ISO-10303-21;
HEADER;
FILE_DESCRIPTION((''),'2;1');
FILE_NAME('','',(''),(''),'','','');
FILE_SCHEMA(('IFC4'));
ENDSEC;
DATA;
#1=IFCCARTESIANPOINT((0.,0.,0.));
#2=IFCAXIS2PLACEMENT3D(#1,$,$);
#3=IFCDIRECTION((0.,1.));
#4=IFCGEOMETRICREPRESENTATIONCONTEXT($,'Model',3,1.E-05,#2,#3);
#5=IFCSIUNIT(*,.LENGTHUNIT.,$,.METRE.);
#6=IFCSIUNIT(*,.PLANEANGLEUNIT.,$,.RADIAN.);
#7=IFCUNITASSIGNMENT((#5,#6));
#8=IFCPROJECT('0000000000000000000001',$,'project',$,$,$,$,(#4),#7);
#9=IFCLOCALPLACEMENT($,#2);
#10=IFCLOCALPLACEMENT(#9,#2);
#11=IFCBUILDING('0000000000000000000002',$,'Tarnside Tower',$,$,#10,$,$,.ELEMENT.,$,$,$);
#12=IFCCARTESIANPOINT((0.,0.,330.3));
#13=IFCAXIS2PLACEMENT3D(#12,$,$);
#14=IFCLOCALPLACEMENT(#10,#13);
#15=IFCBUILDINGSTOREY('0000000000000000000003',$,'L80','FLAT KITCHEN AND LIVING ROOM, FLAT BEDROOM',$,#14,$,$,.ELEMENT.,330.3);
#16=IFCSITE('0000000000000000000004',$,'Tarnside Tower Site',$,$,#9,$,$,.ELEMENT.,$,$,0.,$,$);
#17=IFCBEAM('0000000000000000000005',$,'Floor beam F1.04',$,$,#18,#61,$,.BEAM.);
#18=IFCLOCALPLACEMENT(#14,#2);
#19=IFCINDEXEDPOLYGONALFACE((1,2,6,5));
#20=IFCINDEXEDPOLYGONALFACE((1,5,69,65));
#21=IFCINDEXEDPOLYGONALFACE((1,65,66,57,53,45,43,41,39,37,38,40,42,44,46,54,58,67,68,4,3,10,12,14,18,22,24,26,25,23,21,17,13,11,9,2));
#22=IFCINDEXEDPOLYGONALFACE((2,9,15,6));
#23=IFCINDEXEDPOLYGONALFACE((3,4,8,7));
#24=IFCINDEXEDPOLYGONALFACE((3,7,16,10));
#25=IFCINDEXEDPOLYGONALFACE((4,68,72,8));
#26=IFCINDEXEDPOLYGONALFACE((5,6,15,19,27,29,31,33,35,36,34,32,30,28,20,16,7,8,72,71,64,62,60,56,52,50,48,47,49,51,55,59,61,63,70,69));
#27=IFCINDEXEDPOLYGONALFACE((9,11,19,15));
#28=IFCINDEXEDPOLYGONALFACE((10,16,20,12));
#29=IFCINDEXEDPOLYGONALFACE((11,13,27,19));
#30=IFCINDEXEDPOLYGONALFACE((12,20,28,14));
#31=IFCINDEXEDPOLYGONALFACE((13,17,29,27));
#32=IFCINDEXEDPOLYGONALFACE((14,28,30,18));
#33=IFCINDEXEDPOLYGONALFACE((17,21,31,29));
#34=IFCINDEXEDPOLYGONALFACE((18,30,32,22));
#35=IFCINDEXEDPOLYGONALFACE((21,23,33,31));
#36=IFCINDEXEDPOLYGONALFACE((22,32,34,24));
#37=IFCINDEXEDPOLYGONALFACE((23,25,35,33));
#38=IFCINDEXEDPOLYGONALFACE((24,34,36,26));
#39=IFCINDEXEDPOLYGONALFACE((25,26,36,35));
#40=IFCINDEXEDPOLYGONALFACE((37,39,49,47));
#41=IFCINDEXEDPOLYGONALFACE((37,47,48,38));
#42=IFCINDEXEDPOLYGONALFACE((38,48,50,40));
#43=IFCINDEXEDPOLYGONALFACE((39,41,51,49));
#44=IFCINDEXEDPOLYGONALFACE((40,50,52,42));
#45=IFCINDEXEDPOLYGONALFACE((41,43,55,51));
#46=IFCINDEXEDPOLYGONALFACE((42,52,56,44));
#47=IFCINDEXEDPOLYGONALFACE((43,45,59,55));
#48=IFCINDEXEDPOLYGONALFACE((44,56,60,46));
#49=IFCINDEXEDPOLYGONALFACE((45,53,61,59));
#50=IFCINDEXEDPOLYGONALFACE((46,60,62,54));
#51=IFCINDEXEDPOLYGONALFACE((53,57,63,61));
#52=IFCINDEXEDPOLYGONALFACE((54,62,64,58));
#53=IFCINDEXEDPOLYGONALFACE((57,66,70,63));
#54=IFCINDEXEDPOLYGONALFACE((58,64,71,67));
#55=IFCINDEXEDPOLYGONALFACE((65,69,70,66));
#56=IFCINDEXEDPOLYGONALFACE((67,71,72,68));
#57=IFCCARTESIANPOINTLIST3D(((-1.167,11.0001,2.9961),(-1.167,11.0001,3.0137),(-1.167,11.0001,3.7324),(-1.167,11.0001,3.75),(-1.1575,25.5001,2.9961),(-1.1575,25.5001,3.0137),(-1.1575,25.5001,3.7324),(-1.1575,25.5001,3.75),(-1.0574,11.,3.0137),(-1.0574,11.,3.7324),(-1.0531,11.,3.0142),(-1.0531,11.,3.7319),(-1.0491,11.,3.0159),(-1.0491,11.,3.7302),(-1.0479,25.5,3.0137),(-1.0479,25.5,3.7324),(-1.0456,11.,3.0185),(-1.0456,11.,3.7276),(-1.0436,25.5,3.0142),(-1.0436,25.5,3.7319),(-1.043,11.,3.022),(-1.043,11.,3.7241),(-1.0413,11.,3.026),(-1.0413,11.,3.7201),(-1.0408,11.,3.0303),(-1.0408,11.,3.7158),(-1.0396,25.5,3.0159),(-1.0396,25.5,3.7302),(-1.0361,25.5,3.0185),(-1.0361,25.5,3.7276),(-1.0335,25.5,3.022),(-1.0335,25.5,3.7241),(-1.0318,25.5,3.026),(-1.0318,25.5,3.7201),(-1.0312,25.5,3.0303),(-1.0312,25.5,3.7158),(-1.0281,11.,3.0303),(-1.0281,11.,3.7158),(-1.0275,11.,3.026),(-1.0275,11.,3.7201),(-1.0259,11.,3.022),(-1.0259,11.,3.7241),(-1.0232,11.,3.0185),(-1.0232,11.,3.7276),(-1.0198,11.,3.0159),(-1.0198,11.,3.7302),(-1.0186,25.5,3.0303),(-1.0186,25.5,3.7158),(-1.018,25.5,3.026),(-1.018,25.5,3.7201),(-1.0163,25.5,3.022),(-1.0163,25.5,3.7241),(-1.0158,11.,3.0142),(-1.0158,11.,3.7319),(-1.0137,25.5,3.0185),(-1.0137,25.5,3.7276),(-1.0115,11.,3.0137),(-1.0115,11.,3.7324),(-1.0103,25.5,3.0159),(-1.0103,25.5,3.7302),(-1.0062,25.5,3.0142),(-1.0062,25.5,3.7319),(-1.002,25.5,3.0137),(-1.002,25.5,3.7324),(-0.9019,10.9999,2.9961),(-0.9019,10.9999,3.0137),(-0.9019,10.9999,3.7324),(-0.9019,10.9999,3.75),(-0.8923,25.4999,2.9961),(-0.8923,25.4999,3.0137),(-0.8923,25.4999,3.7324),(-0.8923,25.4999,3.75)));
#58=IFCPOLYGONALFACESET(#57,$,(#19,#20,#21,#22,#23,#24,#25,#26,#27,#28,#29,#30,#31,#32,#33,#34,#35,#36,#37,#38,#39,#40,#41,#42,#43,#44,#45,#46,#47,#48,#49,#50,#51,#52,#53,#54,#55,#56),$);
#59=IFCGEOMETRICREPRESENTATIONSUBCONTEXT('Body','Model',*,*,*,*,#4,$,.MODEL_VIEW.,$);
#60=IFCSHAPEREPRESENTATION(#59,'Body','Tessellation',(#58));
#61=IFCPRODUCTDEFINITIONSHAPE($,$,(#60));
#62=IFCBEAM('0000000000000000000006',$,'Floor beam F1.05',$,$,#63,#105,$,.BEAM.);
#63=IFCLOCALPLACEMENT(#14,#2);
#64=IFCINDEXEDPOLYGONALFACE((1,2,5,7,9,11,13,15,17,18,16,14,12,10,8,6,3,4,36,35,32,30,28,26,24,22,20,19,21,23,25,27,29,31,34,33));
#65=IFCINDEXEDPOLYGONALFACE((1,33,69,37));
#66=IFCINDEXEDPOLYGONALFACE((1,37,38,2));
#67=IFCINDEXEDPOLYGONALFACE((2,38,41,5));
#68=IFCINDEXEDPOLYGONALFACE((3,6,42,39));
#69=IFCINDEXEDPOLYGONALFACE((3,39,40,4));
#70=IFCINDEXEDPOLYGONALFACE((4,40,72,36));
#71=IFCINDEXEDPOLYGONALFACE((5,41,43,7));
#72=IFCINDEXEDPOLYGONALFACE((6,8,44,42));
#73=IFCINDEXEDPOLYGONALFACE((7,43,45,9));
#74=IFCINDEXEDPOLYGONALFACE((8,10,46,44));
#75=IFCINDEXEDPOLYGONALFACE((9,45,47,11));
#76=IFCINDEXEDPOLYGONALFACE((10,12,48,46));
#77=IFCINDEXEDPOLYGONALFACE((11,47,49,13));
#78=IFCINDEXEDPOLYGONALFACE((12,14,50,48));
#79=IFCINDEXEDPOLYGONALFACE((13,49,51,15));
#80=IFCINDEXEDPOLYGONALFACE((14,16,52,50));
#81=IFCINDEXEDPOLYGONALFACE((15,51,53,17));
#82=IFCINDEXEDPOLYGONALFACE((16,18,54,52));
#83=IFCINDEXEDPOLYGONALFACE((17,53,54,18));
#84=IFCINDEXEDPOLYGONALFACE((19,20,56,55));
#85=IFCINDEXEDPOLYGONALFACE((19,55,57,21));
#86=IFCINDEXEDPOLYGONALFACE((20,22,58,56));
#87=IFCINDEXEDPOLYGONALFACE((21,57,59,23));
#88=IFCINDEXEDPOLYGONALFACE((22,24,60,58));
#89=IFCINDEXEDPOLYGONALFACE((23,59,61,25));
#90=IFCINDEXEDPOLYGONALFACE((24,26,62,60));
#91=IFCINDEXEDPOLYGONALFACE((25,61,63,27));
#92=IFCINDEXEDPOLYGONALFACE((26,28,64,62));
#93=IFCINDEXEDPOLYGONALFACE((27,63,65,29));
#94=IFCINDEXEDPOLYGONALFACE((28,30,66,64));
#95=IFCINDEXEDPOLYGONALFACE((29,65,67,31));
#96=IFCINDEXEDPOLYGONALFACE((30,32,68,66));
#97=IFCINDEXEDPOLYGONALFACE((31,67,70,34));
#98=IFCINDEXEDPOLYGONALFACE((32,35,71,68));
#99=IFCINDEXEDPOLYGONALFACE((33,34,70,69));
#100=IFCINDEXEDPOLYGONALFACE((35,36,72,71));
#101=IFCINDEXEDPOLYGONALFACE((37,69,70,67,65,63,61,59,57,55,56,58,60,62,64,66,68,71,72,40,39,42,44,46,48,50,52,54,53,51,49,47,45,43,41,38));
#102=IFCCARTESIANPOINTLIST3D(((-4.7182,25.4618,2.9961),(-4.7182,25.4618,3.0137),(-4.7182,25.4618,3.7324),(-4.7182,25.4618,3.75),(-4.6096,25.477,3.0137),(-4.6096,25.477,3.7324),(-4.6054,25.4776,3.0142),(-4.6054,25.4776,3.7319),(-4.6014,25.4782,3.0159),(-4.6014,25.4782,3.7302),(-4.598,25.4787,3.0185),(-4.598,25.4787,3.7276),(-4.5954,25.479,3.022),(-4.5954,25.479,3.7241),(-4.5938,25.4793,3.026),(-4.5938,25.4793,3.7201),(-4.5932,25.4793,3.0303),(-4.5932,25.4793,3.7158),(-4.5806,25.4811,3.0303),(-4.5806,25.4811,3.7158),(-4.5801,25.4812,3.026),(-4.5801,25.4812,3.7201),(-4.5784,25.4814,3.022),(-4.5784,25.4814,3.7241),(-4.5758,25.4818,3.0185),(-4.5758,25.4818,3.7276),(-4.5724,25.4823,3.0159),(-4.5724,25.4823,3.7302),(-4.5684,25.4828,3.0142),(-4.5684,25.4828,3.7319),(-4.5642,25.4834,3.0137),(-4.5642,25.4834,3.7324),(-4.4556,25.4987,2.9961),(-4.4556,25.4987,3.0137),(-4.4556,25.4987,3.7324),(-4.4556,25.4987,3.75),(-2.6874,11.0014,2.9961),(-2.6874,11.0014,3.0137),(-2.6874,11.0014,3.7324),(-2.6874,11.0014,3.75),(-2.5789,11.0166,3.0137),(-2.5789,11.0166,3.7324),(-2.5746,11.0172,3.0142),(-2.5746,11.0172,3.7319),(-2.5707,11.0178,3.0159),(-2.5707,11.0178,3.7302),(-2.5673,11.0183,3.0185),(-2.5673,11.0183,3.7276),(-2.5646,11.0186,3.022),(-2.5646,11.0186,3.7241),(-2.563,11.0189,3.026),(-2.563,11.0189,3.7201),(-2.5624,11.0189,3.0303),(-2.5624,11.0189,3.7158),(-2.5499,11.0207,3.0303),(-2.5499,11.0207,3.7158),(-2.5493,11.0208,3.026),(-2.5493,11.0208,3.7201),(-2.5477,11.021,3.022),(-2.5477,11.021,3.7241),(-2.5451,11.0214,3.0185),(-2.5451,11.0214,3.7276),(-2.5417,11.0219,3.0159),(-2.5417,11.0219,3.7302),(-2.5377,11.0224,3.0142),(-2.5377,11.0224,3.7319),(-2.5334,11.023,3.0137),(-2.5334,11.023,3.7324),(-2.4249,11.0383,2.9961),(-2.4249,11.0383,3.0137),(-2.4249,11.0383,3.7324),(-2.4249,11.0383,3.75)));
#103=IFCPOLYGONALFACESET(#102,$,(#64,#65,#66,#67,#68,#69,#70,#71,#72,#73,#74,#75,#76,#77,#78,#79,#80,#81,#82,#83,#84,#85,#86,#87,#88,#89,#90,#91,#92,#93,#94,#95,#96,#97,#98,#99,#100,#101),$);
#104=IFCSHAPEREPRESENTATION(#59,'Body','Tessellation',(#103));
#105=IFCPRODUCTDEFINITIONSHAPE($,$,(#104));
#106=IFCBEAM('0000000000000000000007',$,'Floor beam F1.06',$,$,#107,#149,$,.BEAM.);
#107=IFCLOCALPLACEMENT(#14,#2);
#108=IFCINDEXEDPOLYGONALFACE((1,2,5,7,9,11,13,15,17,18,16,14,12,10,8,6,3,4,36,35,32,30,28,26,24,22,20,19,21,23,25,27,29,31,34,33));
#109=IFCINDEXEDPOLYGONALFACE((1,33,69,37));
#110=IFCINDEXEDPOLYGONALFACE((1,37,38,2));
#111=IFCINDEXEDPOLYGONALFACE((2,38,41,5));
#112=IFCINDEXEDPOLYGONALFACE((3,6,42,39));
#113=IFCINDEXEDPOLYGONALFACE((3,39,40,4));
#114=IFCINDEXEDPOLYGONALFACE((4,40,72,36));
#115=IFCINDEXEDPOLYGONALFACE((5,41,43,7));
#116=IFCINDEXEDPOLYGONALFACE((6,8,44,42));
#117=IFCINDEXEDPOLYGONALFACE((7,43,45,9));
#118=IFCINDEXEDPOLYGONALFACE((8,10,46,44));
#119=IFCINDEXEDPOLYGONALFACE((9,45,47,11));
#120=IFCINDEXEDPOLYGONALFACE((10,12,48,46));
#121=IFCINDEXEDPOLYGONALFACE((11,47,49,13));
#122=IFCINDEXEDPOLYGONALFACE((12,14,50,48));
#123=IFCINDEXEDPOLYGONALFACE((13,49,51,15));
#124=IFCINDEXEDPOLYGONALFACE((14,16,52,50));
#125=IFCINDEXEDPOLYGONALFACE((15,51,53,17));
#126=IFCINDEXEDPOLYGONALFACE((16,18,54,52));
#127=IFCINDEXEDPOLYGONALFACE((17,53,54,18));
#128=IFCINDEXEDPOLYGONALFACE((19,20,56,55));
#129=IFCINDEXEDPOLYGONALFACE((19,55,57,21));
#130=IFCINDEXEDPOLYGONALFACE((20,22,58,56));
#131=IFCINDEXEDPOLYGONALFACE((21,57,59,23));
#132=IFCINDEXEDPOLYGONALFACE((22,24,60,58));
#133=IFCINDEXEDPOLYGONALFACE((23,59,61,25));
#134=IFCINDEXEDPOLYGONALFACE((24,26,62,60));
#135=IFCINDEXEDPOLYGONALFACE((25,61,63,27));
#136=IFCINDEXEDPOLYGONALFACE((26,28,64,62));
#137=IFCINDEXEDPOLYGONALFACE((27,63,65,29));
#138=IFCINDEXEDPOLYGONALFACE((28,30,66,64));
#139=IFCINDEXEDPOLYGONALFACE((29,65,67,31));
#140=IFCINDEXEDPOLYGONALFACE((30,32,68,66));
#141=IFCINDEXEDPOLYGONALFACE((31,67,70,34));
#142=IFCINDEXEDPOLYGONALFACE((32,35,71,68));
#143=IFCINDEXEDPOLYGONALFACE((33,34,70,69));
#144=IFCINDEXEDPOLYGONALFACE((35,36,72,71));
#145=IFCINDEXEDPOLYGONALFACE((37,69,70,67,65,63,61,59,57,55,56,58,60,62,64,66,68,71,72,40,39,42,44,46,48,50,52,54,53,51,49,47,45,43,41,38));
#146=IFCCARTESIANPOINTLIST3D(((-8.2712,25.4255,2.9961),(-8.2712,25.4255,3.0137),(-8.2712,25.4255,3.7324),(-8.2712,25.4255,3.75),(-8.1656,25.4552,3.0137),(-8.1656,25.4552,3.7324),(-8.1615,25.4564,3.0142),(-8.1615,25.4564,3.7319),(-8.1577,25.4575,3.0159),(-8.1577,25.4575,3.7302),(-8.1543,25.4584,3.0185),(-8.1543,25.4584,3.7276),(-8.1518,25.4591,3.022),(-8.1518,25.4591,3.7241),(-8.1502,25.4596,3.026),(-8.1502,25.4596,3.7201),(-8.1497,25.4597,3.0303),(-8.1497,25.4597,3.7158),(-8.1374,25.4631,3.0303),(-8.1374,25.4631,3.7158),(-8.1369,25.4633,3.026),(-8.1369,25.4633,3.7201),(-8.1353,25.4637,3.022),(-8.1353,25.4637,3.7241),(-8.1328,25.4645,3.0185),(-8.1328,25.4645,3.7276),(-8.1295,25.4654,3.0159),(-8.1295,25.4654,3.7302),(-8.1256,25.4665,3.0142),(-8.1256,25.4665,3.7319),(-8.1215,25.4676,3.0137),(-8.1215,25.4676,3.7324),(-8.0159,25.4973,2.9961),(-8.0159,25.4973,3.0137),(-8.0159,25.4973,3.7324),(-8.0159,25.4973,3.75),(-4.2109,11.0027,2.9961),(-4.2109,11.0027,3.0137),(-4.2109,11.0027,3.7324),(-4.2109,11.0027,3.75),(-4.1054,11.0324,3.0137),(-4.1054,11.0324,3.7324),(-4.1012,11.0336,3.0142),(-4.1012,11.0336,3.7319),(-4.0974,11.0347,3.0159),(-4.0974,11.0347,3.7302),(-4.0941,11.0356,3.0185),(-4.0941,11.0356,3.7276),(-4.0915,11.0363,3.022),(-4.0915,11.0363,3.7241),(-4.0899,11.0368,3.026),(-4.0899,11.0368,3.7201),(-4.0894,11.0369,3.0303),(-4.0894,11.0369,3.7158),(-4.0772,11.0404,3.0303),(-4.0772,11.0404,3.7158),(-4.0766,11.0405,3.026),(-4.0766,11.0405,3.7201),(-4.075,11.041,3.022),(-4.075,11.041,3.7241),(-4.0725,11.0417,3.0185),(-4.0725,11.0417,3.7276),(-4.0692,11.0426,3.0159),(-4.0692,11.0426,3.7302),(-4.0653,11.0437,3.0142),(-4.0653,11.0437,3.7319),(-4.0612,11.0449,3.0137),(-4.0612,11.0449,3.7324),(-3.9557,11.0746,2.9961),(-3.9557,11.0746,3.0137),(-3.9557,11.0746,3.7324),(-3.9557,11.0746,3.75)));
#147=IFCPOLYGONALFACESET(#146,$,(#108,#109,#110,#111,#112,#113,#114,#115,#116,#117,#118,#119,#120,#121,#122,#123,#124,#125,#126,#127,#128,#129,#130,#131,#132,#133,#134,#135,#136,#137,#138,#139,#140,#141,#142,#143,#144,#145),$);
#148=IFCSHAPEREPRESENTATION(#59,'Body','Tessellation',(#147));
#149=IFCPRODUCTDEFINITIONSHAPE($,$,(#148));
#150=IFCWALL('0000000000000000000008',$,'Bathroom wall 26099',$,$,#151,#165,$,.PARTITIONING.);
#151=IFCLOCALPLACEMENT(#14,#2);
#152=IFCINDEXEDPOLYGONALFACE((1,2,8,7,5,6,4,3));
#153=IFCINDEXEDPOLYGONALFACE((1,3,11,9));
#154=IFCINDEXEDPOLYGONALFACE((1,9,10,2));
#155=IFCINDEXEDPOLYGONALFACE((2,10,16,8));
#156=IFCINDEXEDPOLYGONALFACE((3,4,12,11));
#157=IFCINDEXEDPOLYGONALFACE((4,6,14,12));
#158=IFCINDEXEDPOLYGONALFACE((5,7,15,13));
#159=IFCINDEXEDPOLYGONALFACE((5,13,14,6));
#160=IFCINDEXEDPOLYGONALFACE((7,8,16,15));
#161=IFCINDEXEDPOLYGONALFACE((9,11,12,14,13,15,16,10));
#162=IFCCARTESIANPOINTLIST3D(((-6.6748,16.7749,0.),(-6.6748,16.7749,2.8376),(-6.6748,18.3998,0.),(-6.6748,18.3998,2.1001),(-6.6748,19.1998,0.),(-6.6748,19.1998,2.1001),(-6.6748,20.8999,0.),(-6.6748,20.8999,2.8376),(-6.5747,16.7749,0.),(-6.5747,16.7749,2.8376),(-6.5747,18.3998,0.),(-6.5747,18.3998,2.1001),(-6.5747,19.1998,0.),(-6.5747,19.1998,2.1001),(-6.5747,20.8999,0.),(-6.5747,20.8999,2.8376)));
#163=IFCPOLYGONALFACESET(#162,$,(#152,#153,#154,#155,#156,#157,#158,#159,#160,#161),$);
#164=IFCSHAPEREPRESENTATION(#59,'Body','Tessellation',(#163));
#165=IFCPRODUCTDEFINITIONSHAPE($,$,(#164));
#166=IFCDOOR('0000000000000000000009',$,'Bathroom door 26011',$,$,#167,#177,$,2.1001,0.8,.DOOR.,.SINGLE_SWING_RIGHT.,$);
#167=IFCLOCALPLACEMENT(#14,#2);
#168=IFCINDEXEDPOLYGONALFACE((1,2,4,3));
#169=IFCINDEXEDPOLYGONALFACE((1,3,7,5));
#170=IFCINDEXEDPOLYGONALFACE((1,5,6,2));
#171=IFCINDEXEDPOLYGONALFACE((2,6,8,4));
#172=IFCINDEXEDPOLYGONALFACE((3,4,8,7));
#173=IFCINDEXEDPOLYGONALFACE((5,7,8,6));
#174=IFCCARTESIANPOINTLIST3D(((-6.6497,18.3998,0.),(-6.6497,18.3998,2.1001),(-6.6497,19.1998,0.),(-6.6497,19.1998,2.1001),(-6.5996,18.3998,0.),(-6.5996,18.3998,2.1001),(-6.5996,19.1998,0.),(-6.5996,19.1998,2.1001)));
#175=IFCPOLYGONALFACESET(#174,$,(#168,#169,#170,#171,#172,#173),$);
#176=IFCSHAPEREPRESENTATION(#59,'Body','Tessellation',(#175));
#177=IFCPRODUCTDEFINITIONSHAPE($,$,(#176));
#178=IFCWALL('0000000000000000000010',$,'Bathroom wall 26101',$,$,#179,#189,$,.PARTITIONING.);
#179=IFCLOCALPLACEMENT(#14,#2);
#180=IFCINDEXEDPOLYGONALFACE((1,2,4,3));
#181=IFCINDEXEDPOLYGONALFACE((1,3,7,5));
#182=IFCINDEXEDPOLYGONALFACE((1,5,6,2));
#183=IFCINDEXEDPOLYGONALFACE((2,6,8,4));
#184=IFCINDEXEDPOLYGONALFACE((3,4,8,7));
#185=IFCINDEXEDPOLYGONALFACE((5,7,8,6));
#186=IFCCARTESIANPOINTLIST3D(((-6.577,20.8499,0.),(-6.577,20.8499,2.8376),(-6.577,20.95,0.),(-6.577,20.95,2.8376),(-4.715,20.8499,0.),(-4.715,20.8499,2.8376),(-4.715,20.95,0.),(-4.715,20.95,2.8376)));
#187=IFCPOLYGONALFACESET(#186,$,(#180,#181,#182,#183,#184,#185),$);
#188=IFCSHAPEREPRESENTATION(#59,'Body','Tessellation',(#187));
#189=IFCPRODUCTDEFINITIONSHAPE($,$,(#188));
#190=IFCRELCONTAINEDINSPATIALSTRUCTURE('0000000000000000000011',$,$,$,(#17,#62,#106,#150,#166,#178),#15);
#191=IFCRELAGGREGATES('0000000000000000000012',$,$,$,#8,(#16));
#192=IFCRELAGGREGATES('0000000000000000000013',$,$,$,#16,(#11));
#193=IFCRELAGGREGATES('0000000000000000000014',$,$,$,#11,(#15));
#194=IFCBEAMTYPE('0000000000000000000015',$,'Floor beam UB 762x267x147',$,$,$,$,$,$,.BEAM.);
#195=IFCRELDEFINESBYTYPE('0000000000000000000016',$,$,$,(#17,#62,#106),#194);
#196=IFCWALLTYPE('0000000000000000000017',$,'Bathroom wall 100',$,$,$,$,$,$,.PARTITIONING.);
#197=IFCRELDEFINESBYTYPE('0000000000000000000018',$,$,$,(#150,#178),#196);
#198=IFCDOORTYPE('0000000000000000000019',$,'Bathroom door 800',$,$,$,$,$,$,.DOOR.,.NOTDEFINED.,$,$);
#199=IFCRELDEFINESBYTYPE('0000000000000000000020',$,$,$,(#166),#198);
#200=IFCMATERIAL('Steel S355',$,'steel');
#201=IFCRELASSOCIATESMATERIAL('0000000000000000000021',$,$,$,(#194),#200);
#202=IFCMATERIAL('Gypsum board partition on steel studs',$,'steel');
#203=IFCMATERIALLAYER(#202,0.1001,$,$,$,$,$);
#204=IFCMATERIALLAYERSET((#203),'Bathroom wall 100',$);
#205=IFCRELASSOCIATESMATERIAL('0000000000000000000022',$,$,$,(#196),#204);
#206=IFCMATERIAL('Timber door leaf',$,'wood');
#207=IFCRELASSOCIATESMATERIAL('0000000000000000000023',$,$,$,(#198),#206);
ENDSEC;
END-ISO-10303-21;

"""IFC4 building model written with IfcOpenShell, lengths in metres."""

from ifc_helpers import new_model, si_unit, direction, frame, frame_2d, origin, origin_2d, place, context, subcontext, project, spatial, rectangle, i_section, extrude, material, layer, layer_set, material_profile, profile_set, type_object, element, fill, save


model = new_model("IFC4")

# Units and contexts
model_context = context("Model", 3, precision=1e-05, world=origin(), true_north=direction((0.0, 1.0)))
body_context = subcontext(model_context, "Body", "Model", "MODEL_VIEW")
ifc_project = project(units=[si_unit("LENGTHUNIT", "METRE"), si_unit("PLANEANGLEUNIT", "RADIAN")], contexts=[model_context])

# Site, building, storey
site_placement = place(None, origin())
site = spatial("IfcSite", under=ifc_project, at=site_placement, Name="Tarnside Tower Site", CompositionType="ELEMENT", RefElevation=0.0)
building_placement = place(site_placement, origin())
building = spatial("IfcBuilding", under=site, at=building_placement, Name="Tarnside Tower", CompositionType="ELEMENT")
storey_placement = place(building_placement, frame((0.0, 0.0, 330.3)))
storey = spatial("IfcBuildingStorey", under=building, at=storey_placement, Name="L80", Description="FLAT KITCHEN AND LIVING ROOM, FLAT BEDROOM", CompositionType="ELEMENT", Elevation=330.3)

# Beams
ifc_material_1 = material(Name="Steel S355", Category="steel")
ifc_material_profile = material_profile(ifc_material_1, i_section(OverallWidth=0.2651, OverallDepth=0.7539, WebThickness=0.0127, FlangeThickness=0.0176, FilletRadius=0.0166, at=origin_2d()), Name="UB 762x267x147")
ifc_profile_set = profile_set([ifc_material_profile], Name="Steel S355")
beam_type = type_object("IfcBeamType", Name="Floor beam UB 762x267x147", PredefinedType="BEAM", material=ifc_profile_set)
beam_1_placement = place(storey_placement, frame((-1.0249, 25.5, 3.373), z_axis=(-0.000657, -1.0, 0.0), x_axis=(1.0, -0.000657, 0.0)))
element("IfcBeam", 1, at=beam_1_placement, inside=storey, type_object=beam_type, Name="Floor beam F1.04", PredefinedType="BEAM", context=body_context, shape_type="SweptSolid", body=[
    extrude(i_section(OverallWidth=0.2651, OverallDepth=0.7539, WebThickness=0.0127, FlangeThickness=0.0176, FilletRadius=0.0166, at=origin_2d()), origin(), (0.0, 0.0, 1.0), 14.5),
])
beam_2_placement = place(storey_placement, frame((-4.5869, 25.4802, 3.373), z_axis=(0.139071, -0.990282, 0.0), x_axis=(0.990282, 0.139071, 0.0)))
element("IfcBeam", 2, at=beam_2_placement, inside=storey, type_object=beam_type, Name="Floor beam F1.05", PredefinedType="BEAM", context=body_context, shape_type="SweptSolid", body=[
    extrude(i_section(OverallWidth=0.2651, OverallDepth=0.7539, WebThickness=0.0127, FlangeThickness=0.0176, FilletRadius=0.0166, at=origin_2d()), origin(), (0.0, 0.0, 1.0), 14.6023),
])
beam_3_placement = place(storey_placement, frame((-8.1436, 25.4614, 3.373), z_axis=(0.270985, -0.962583, 0.0), x_axis=(0.962583, 0.270985, 0.0)))
element("IfcBeam", 3, at=beam_3_placement, inside=storey, type_object=beam_type, Name="Floor beam F1.06", PredefinedType="BEAM", context=body_context, shape_type="SweptSolid", body=[
    extrude(i_section(OverallWidth=0.2651, OverallDepth=0.7539, WebThickness=0.0127, FlangeThickness=0.0176, FilletRadius=0.0166, at=origin_2d()), origin(), (0.0, 0.0, 1.0), 14.9834),
])

# Wall, opening, door
ifc_material_2 = material(Name="Gypsum board partition on steel studs", Category="steel")
ifc_layer_1 = layer(ifc_material_2, 0.1001)
ifc_layer_set_1 = layer_set([ifc_layer_1], Name="Bathroom wall 100")
wall_type_1 = type_object("IfcWallType", Name="Bathroom wall 100", PredefinedType="PARTITIONING", material=ifc_layer_set_1)
wall_1_placement = place(storey_placement, frame((-6.6248, 16.7749, 0.0), z_axis=(0.0, 0.0, 1.0), x_axis=(0.0, 1.0, 0.0)))
wall_1 = element("IfcWall", 4, at=wall_1_placement, inside=storey, type_object=wall_type_1, Name="Bathroom wall 26099", PredefinedType="PARTITIONING", context=body_context, shape_type="SweptSolid", body=[
    extrude(rectangle(XDim=4.125, YDim=0.1001, at=frame_2d((2.0625, 0.0))), origin(), (0.0, 0.0, 1.0), 2.8376),
])
opening_1_placement = place(wall_1_placement, frame((1.625, 0.0, 0.0)))
opening_1 = element("IfcOpeningElement", 5, at=opening_1_placement, cuts=wall_1, PredefinedType="OPENING", context=body_context, shape_type="SweptSolid", body=[
    extrude(rectangle(XDim=0.8, YDim=2.1001, at=frame_2d((0.3999, 1.05))), frame((0.0, 0.0601, 0.0), z_axis=(0.0, -1.0, 0.0), x_axis=(1.0, 0.0, 0.0)), (0.0, 0.0, 1.0), 0.1201),
])
ifc_material_3 = material(Name="Timber door leaf", Category="wood")
door_type_1 = type_object("IfcDoorType", Name="Bathroom door 800", OperationType="NOTDEFINED", PredefinedType="DOOR", material=ifc_material_3)
door_1_placement = place(opening_1_placement, origin())
door_1 = element("IfcDoor", 6, at=door_1_placement, inside=storey, type_object=door_type_1, Name="Bathroom door 26011", OperationType="SINGLE_SWING_RIGHT", OverallHeight=2.1001, OverallWidth=0.8, PredefinedType="DOOR", context=body_context, shape_type="SweptSolid", body=[
    extrude(rectangle(XDim=0.8, YDim=2.1001, at=frame_2d((0.3999, 1.05))), frame((0.0, 0.0249, 0.0), z_axis=(0.0, -1.0, 0.0), x_axis=(1.0, 0.0, 0.0)), (0.0, 0.0, 1.0), 0.05),
])
fill(opening_1, door_1)

# Wall
wall_2_placement = place(storey_placement, frame((-4.7148, 20.8999, 0.0), z_axis=(0.0, 0.0, 1.0), x_axis=(-1.0, 0.0, 0.0)))
element("IfcWall", 7, at=wall_2_placement, inside=storey, type_object=wall_type_1, Name="Bathroom wall 26101", PredefinedType="PARTITIONING", context=body_context, shape_type="SweptSolid", body=[
    extrude(rectangle(XDim=1.8621, YDim=0.1001, at=frame_2d((0.9312, 0.0))), origin(), (0.0, 0.0, 1.0), 2.8376),
])

save(model, "model.ifc")
